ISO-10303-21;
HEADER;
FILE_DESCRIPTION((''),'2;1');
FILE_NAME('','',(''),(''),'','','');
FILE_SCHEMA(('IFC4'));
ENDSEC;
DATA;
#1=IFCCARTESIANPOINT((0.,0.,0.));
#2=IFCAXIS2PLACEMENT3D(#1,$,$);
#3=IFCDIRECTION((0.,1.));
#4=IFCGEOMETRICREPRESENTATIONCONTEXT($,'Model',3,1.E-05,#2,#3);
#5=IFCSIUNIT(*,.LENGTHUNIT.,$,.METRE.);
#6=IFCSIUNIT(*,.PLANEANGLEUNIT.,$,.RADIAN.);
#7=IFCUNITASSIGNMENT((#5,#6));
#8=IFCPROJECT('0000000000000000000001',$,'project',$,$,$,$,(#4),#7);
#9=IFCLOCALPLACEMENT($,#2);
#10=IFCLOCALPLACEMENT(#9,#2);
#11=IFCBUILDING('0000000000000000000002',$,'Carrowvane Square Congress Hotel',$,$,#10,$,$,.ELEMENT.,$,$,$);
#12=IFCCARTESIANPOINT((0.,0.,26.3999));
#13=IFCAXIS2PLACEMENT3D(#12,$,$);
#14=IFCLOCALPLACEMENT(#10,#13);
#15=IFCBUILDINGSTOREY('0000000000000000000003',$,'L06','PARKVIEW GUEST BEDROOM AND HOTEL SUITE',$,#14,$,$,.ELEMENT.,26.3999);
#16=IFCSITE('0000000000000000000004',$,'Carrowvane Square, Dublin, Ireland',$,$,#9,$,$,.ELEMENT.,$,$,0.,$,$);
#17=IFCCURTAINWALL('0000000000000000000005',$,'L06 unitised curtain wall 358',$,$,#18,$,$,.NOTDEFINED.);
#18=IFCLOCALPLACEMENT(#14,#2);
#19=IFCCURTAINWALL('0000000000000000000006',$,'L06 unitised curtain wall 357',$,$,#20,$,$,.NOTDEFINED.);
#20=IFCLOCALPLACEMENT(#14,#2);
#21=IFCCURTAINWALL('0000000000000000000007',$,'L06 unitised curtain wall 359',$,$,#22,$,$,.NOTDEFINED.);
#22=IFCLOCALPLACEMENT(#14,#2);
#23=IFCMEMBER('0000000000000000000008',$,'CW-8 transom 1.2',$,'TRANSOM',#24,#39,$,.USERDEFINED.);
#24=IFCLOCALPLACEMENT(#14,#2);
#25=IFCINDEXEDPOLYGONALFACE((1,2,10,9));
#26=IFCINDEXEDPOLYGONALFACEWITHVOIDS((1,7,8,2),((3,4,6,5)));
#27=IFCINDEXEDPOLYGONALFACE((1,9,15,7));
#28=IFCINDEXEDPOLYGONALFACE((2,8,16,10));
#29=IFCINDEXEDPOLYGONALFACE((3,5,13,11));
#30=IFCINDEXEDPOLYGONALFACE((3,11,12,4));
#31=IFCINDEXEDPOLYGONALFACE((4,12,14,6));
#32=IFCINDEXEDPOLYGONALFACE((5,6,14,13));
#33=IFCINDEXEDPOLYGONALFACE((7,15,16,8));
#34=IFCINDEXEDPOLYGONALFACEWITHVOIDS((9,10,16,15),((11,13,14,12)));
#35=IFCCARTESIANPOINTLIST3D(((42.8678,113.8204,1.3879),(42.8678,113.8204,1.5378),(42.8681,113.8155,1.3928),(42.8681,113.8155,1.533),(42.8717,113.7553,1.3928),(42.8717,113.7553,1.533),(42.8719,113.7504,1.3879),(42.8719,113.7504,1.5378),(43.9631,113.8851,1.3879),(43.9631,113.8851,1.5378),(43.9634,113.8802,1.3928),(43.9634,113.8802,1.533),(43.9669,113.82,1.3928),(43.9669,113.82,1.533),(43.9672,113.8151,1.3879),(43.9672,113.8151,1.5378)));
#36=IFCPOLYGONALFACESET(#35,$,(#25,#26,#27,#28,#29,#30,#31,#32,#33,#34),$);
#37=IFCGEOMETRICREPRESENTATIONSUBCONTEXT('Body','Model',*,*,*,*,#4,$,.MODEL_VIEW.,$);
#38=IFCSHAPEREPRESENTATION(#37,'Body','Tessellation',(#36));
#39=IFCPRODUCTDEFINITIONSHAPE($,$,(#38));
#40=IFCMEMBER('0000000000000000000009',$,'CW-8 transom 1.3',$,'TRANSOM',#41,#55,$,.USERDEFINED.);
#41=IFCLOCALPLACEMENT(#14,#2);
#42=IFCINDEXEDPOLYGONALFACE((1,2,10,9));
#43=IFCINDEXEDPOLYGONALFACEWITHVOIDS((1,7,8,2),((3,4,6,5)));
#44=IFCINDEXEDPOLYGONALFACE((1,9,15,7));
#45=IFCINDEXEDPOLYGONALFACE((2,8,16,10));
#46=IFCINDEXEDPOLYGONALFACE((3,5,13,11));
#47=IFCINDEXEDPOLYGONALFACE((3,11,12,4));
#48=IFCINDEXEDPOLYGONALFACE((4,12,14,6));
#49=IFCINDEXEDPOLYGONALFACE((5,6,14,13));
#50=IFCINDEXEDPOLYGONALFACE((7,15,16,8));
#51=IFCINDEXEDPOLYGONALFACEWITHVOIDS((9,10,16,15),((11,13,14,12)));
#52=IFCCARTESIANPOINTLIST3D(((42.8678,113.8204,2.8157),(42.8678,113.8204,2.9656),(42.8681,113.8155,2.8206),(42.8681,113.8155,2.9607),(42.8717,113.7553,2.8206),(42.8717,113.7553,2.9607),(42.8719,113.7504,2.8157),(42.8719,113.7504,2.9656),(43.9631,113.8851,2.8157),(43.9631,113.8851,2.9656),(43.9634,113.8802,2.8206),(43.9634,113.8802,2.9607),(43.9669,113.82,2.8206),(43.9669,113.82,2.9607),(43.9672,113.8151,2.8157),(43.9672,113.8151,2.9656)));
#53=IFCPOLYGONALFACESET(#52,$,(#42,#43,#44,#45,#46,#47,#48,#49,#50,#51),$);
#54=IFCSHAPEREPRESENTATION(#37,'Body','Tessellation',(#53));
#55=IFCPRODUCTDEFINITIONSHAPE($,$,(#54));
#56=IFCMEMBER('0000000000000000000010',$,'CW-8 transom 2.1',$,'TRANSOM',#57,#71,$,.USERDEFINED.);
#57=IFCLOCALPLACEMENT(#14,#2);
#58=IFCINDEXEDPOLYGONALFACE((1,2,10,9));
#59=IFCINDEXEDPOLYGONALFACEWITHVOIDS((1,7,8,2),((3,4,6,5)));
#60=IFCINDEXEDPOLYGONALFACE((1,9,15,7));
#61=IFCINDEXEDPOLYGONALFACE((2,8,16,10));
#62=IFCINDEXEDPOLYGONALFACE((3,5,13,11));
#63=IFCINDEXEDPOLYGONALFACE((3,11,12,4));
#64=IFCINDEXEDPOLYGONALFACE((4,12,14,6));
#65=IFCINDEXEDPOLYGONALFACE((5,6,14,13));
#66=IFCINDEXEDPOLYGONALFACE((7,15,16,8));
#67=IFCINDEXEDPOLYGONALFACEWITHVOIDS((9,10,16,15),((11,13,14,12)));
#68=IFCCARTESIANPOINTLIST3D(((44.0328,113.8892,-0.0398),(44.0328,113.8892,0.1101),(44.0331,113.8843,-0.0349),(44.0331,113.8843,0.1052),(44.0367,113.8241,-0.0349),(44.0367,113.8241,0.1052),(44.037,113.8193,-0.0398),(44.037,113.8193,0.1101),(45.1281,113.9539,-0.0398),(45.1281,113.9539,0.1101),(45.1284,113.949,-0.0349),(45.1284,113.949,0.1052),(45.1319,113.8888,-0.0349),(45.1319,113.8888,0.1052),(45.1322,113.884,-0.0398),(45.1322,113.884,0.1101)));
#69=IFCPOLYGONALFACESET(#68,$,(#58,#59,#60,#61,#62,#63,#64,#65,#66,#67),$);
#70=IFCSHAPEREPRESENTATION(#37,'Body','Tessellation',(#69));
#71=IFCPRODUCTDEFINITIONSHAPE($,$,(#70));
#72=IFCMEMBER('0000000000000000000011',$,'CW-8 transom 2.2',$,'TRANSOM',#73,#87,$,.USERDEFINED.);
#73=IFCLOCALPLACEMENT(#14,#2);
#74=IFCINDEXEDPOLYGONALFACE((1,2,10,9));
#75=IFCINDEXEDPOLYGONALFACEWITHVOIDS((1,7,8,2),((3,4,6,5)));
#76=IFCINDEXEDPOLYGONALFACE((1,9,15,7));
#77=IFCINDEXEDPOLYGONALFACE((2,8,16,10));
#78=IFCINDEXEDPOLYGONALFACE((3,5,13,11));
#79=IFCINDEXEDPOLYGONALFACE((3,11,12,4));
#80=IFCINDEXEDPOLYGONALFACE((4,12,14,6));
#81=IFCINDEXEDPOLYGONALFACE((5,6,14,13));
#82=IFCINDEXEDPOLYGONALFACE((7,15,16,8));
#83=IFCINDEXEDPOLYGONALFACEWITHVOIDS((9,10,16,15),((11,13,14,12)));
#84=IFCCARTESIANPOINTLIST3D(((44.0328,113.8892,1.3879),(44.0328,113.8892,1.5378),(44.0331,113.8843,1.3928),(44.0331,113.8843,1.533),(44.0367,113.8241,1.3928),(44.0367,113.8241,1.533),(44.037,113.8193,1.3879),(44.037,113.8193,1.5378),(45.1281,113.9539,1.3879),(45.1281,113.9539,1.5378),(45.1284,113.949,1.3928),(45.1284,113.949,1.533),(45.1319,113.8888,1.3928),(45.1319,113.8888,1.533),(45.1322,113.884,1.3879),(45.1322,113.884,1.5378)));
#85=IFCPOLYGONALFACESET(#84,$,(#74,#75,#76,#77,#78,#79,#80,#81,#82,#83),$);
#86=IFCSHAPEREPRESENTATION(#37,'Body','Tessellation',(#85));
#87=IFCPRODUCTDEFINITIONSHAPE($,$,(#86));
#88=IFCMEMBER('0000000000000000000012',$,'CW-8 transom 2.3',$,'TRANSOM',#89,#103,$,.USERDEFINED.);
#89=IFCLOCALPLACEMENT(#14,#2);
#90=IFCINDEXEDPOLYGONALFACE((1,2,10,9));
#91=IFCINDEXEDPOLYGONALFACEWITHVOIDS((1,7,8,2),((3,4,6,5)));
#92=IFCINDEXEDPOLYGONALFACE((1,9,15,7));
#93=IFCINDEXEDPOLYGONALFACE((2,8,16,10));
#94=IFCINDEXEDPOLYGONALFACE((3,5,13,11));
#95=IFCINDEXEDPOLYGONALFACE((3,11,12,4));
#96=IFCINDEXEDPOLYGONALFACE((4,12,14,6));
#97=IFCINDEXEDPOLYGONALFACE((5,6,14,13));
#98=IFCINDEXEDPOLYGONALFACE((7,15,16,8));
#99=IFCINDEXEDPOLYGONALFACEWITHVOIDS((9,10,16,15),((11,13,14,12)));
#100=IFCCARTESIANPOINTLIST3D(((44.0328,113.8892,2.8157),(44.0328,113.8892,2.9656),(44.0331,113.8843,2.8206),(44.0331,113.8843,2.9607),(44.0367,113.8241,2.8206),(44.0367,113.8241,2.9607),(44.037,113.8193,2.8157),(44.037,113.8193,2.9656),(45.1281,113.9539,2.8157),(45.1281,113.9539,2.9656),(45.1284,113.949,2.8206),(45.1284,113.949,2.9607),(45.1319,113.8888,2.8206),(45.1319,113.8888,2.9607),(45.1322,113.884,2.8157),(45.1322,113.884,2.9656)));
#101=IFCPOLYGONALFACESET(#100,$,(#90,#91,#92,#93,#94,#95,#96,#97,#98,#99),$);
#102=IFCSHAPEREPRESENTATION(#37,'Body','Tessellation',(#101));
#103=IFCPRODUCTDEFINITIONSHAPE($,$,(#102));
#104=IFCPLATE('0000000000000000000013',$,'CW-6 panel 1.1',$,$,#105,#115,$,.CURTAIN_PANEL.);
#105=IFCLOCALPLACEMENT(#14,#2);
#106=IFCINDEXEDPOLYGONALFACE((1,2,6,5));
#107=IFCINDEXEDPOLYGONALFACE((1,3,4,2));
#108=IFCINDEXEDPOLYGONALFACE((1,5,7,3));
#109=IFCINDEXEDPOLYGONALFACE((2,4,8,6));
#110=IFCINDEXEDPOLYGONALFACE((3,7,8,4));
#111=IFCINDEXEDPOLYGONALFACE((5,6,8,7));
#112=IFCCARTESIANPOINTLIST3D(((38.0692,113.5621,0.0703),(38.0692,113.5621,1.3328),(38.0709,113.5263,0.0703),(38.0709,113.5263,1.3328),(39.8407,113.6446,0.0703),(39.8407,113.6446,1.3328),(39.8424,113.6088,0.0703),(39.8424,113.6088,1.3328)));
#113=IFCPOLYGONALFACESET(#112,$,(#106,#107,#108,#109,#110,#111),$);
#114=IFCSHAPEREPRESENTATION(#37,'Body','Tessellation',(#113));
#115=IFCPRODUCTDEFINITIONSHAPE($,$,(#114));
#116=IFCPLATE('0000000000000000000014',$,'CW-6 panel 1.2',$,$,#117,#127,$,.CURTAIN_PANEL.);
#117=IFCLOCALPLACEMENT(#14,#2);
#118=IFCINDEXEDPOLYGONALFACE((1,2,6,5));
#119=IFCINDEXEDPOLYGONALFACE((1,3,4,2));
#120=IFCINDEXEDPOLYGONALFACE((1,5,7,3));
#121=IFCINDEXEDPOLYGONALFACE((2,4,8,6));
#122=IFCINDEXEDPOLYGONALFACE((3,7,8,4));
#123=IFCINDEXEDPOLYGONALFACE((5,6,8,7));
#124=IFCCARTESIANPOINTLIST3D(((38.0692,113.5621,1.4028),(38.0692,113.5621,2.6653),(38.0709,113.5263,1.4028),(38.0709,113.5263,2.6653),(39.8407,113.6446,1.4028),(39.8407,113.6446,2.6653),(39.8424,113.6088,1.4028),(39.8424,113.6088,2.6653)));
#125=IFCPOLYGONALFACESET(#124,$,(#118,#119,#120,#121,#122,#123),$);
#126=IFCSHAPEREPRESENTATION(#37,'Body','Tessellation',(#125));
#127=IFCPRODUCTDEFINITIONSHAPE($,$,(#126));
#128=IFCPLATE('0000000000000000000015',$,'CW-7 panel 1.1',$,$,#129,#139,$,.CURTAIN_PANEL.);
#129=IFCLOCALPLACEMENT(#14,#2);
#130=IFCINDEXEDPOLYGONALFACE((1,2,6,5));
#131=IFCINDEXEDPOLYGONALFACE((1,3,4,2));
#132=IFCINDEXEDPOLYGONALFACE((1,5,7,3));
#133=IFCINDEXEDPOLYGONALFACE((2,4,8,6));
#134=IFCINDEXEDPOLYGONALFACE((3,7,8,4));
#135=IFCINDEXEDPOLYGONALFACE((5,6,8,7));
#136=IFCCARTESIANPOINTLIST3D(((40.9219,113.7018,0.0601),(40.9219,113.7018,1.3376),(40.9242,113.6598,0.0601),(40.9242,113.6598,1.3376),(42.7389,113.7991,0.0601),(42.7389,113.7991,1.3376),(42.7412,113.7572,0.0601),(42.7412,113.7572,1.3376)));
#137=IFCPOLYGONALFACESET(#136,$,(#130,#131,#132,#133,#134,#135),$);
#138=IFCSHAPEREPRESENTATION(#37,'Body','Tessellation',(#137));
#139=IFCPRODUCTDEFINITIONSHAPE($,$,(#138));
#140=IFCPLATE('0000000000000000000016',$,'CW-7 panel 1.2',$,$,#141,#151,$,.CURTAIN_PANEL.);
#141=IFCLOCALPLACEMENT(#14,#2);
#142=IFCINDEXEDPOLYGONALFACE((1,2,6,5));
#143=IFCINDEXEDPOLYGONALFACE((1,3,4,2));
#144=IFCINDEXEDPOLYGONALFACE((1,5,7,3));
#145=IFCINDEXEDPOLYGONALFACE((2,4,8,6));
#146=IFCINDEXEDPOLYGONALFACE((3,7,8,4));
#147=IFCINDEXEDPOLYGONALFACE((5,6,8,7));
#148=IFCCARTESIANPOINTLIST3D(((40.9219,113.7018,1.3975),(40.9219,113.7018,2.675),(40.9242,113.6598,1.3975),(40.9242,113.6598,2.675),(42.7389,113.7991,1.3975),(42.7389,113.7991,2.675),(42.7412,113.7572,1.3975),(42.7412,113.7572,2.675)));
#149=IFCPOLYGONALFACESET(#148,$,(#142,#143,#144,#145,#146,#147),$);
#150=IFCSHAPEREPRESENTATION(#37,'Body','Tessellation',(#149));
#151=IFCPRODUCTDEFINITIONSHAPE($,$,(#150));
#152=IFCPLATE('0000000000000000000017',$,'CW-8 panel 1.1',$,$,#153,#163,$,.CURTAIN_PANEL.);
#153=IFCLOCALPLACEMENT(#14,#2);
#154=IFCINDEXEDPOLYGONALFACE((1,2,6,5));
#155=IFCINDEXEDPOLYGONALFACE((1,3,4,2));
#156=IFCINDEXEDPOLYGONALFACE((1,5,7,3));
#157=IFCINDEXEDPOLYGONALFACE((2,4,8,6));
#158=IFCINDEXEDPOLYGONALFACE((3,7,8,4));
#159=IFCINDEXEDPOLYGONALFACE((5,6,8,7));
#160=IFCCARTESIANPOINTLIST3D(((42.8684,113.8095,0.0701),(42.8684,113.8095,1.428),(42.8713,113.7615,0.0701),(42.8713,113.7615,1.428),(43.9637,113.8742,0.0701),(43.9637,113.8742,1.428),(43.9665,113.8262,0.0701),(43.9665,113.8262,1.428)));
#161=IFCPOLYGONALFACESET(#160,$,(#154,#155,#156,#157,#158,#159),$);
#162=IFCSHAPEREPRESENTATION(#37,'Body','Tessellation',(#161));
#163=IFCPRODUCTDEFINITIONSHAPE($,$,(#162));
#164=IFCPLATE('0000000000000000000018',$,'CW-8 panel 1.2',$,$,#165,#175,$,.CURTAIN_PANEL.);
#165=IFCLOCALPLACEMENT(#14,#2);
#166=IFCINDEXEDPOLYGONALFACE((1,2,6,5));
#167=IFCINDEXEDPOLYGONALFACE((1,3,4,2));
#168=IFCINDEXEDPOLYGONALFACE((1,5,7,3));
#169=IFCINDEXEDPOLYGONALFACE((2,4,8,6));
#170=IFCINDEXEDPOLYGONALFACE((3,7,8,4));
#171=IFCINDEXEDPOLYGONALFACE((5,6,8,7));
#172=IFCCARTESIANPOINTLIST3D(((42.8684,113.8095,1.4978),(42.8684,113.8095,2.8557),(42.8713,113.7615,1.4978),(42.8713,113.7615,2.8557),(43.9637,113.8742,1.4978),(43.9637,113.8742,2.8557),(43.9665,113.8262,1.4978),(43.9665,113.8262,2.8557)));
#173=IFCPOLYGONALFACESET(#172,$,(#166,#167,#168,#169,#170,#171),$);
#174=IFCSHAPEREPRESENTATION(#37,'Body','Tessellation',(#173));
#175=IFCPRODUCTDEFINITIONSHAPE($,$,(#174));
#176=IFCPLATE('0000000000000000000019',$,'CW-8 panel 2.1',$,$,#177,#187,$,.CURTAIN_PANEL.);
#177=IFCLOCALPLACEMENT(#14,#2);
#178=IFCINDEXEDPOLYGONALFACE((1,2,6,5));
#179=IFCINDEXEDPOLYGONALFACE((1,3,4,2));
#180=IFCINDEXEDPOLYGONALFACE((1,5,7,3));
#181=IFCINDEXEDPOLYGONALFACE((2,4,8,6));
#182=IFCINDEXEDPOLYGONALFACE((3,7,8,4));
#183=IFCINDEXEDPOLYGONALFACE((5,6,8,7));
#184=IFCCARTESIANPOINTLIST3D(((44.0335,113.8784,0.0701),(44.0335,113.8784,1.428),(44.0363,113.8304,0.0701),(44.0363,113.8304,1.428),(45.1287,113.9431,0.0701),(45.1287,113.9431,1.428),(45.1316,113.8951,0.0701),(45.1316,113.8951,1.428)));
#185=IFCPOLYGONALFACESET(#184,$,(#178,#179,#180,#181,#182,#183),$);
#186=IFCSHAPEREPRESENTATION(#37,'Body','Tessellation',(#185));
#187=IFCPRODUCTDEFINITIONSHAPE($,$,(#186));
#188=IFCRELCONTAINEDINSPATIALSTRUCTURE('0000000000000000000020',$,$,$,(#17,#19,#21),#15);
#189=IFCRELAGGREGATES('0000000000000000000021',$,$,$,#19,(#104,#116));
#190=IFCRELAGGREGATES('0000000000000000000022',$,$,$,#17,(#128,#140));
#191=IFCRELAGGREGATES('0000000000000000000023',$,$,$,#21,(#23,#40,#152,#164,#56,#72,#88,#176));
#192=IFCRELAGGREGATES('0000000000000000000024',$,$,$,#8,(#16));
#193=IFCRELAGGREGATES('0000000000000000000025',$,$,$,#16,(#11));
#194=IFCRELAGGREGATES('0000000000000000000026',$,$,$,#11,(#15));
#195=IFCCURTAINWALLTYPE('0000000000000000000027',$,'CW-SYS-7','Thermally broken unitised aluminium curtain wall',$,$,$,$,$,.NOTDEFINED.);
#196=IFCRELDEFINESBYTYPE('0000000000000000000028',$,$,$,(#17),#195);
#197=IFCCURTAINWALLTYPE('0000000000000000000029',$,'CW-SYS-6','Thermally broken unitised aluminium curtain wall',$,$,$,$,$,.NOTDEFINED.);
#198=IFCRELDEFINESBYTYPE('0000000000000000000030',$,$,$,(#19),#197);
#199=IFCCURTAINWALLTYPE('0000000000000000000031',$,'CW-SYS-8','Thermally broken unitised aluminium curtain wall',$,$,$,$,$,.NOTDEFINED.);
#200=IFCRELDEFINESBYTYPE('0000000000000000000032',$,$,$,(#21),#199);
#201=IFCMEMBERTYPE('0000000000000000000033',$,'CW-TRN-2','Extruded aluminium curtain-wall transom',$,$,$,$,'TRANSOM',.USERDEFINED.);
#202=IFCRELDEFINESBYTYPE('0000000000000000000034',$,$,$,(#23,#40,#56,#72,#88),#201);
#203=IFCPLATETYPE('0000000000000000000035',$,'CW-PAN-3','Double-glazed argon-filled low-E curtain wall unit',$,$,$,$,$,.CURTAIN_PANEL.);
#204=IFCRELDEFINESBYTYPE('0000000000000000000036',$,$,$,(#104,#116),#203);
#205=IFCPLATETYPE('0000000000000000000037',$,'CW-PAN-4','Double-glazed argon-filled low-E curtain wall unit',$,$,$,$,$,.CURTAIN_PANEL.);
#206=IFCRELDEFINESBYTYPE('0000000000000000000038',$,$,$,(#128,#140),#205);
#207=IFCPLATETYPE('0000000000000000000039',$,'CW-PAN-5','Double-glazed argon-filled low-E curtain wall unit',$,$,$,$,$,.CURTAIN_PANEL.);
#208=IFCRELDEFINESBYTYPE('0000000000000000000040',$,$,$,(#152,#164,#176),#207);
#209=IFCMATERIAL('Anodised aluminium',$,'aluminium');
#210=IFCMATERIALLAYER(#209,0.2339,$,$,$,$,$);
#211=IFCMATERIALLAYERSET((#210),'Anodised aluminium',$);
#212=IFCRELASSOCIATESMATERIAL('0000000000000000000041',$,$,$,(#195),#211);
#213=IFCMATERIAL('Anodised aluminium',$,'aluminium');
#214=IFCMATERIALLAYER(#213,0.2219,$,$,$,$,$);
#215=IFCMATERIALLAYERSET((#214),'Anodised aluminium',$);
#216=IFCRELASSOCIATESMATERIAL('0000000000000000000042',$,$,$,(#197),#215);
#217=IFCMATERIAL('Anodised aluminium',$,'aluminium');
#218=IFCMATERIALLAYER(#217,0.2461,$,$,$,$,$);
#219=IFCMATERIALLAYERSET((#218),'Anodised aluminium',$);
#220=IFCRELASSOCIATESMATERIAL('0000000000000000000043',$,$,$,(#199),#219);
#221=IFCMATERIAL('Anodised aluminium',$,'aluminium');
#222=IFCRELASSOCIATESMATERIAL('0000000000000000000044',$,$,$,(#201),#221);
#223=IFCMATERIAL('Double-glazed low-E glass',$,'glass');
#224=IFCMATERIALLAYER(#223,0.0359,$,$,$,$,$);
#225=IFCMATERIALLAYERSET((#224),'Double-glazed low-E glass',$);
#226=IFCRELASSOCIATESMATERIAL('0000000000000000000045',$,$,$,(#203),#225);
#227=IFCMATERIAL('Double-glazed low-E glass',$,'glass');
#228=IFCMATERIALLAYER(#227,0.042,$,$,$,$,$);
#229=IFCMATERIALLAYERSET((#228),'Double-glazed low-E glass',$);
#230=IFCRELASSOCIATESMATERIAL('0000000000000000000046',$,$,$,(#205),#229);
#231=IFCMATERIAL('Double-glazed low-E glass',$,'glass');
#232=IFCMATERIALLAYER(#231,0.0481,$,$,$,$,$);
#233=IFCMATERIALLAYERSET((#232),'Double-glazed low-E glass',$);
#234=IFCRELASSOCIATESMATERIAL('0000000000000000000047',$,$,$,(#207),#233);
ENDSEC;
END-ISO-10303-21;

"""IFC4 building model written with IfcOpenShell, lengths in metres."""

from ifc_helpers import new_model, si_unit, direction, frame, origin, origin_2d, place, context, subcontext, project, spatial, rectangle, hollow_rectangle, extrude, material, layer, layer_set, material_profile, profile_set, type_object, element, aggregate, save


model = new_model("IFC4")

# Units and contexts
model_context = context("Model", 3, precision=1e-05, world=origin(), true_north=direction((0.0, 1.0)))
body_context = subcontext(model_context, "Body", "Model", "MODEL_VIEW")
ifc_project = project(units=[si_unit("LENGTHUNIT", "METRE"), si_unit("PLANEANGLEUNIT", "RADIAN")], contexts=[model_context])

# Site, building, storey
site_placement = place(None, origin())
site = spatial("IfcSite", under=ifc_project, at=site_placement, Name="Carrowvane Square, Dublin, Ireland", CompositionType="ELEMENT", RefElevation=0.0)
building_placement = place(site_placement, origin())
building = spatial("IfcBuilding", under=site, at=building_placement, Name="Carrowvane Square Congress Hotel", CompositionType="ELEMENT")
storey_placement = place(building_placement, frame((0.0, 0.0, 26.3999)))
storey = spatial("IfcBuildingStorey", under=building, at=storey_placement, Name="L06", Description="PARKVIEW GUEST BEDROOM AND HOTEL SUITE", CompositionType="ELEMENT", Elevation=26.3999)

# Curtain wall
ifc_material_1 = material(Name="Anodised aluminium", Category="aluminium")
ifc_layer_1 = layer(ifc_material_1, 0.2339)
ifc_layer_set_1 = layer_set([ifc_layer_1], Name="Anodised aluminium")
curtain_wall_type_1 = type_object("IfcCurtainWallType", Name="CW-SYS-7", Description="Thermally broken unitised aluminium curtain wall", PredefinedType="NOTDEFINED", material=ifc_layer_set_1)
curtain_wall_1_placement = place(storey_placement, origin())
curtain_wall_1 = element("IfcCurtainWall", 1, at=curtain_wall_1_placement, inside=storey, type_object=curtain_wall_type_1, Name="L06 unitised curtain wall 358", PredefinedType="NOTDEFINED")

# Curtain walls
ifc_material_2 = material(Name="Anodised aluminium", Category="aluminium")
ifc_layer_2 = layer(ifc_material_2, 0.2219)
ifc_layer_set_2 = layer_set([ifc_layer_2], Name="Anodised aluminium")
curtain_wall_type_2 = type_object("IfcCurtainWallType", Name="CW-SYS-6", Description="Thermally broken unitised aluminium curtain wall", PredefinedType="NOTDEFINED", material=ifc_layer_set_2)
curtain_wall_2_placement = place(storey_placement, origin())
curtain_wall_2 = element("IfcCurtainWall", 2, at=curtain_wall_2_placement, inside=storey, type_object=curtain_wall_type_2, Name="L06 unitised curtain wall 357", PredefinedType="NOTDEFINED")
ifc_material_3 = material(Name="Anodised aluminium", Category="aluminium")
ifc_layer_3 = layer(ifc_material_3, 0.2461)
ifc_layer_set_3 = layer_set([ifc_layer_3], Name="Anodised aluminium")
curtain_wall_type_3 = type_object("IfcCurtainWallType", Name="CW-SYS-8", Description="Thermally broken unitised aluminium curtain wall", PredefinedType="NOTDEFINED", material=ifc_layer_set_3)
curtain_wall_3_placement = place(storey_placement, origin())
curtain_wall_3 = element("IfcCurtainWall", 3, at=curtain_wall_3_placement, inside=storey, type_object=curtain_wall_type_3, Name="L06 unitised curtain wall 359", PredefinedType="NOTDEFINED")

# Members
ifc_material_4 = material(Name="Anodised aluminium", Category="aluminium")
ifc_material_profile_1 = material_profile(ifc_material_4, hollow_rectangle(XDim=0.0701, YDim=0.1499, WallThickness=0.0049, at=origin_2d()), Name="CW-TR 70x150x5")
ifc_profile_set_1 = profile_set([ifc_material_profile_1], Name="Anodised aluminium")
member_type_1 = type_object("IfcMemberType", Name="CW-TRN-2", Description="Extruded aluminium curtain-wall transom", ElementType="TRANSOM", PredefinedType="USERDEFINED", material=ifc_profile_set_1)
member_1_placement = place(storey_placement, frame((42.8699, 113.7854, 1.4629), z_axis=(0.99826, 0.05897, 0.0), x_axis=(-0.05897, 0.99826, 0.0)))
member_1 = element("IfcMember", 4, at=member_1_placement, type_object=member_type_1, Name="CW-8 transom 1.2", ObjectType="TRANSOM", PredefinedType="USERDEFINED", context=body_context, shape_type="SweptSolid", body=[
    extrude(hollow_rectangle(XDim=0.0701, YDim=0.1499, WallThickness=0.0049, at=origin_2d()), origin(), (0.0, 0.0, 1.0), 1.0972),
])
member_2_placement = place(storey_placement, frame((42.8699, 113.7854, 2.8906), z_axis=(0.99826, 0.05897, 0.0), x_axis=(-0.05897, 0.99826, 0.0)))
member_2 = element("IfcMember", 5, at=member_2_placement, type_object=member_type_1, Name="CW-8 transom 1.3", ObjectType="TRANSOM", PredefinedType="USERDEFINED", context=body_context, shape_type="SweptSolid", body=[
    extrude(hollow_rectangle(XDim=0.0701, YDim=0.1499, WallThickness=0.0049, at=origin_2d()), origin(), (0.0, 0.0, 1.0), 1.0972),
])
member_3_placement = place(storey_placement, frame((44.0349, 113.8542, 0.0352), z_axis=(0.99826, 0.05897, 0.0), x_axis=(-0.05897, 0.99826, 0.0)))
member_3 = element("IfcMember", 6, at=member_3_placement, type_object=member_type_1, Name="CW-8 transom 2.1", ObjectType="TRANSOM", PredefinedType="USERDEFINED", context=body_context, shape_type="SweptSolid", body=[
    extrude(hollow_rectangle(XDim=0.0701, YDim=0.1499, WallThickness=0.0049, at=origin_2d()), origin(), (0.0, 0.0, 1.0), 1.0972),
])
member_4_placement = place(storey_placement, frame((44.0349, 113.8542, 1.4629), z_axis=(0.99826, 0.05897, 0.0), x_axis=(-0.05897, 0.99826, 0.0)))
member_4 = element("IfcMember", 7, at=member_4_placement, type_object=member_type_1, Name="CW-8 transom 2.2", ObjectType="TRANSOM", PredefinedType="USERDEFINED", context=body_context, shape_type="SweptSolid", body=[
    extrude(hollow_rectangle(XDim=0.0701, YDim=0.1499, WallThickness=0.0049, at=origin_2d()), origin(), (0.0, 0.0, 1.0), 1.0972),
])
member_5_placement = place(storey_placement, frame((44.0349, 113.8542, 2.8906), z_axis=(0.99826, 0.05897, 0.0), x_axis=(-0.05897, 0.99826, 0.0)))
member_5 = element("IfcMember", 8, at=member_5_placement, type_object=member_type_1, Name="CW-8 transom 2.3", ObjectType="TRANSOM", PredefinedType="USERDEFINED", context=body_context, shape_type="SweptSolid", body=[
    extrude(hollow_rectangle(XDim=0.0701, YDim=0.1499, WallThickness=0.0049, at=origin_2d()), origin(), (0.0, 0.0, 1.0), 1.0972),
])

# Plates
ifc_material_5 = material(Name="Double-glazed low-E glass", Category="glass")
ifc_layer_4 = layer(ifc_material_5, 0.0359)
ifc_layer_set_4 = layer_set([ifc_layer_4], Name="Double-glazed low-E glass")
plate_type_1 = type_object("IfcPlateType", Name="CW-PAN-3", Description="Double-glazed argon-filled low-E curtain wall unit", PredefinedType="CURTAIN_PANEL", material=ifc_layer_set_4)
plate_1_placement = place(storey_placement, frame((38.9558, 113.5854, 0.0703), z_axis=(0.0, 0.0, 1.0), x_axis=(0.998917, 0.046522, 0.0)))
plate_1 = element("IfcPlate", 9, at=plate_1_placement, type_object=plate_type_1, Name="CW-6 panel 1.1", PredefinedType="CURTAIN_PANEL", context=body_context, shape_type="SweptSolid", body=[
    extrude(rectangle(XDim=1.7734, YDim=0.0359, at=origin_2d()), origin(), (0.0, 0.0, 1.0), 1.2625),
])
plate_2_placement = place(storey_placement, frame((38.9558, 113.5854, 1.4028), z_axis=(0.0, 0.0, 1.0), x_axis=(0.998917, 0.046522, 0.0)))
plate_2 = element("IfcPlate", 10, at=plate_2_placement, type_object=plate_type_1, Name="CW-6 panel 1.2", PredefinedType="CURTAIN_PANEL", context=body_context, shape_type="SweptSolid", body=[
    extrude(rectangle(XDim=1.7734, YDim=0.0359, at=origin_2d()), origin(), (0.0, 0.0, 1.0), 1.2625),
])
aggregate(curtain_wall_2, [plate_1, plate_2])
ifc_material_6 = material(Name="Double-glazed low-E glass", Category="glass")
ifc_layer_5 = layer(ifc_material_6, 0.042)
ifc_layer_set_5 = layer_set([ifc_layer_5], Name="Double-glazed low-E glass")
plate_type_2 = type_object("IfcPlateType", Name="CW-PAN-4", Description="Double-glazed argon-filled low-E curtain wall unit", PredefinedType="CURTAIN_PANEL", material=ifc_layer_set_5)
plate_3_placement = place(storey_placement, frame((41.8315, 113.7295, 0.0601), z_axis=(0.0, 0.0, 1.0), x_axis=(0.998567, 0.053514, 0.0)))
plate_3 = element("IfcPlate", 11, at=plate_3_placement, type_object=plate_type_2, Name="CW-7 panel 1.1", PredefinedType="CURTAIN_PANEL", context=body_context, shape_type="SweptSolid", body=[
    extrude(rectangle(XDim=1.8196, YDim=0.042, at=origin_2d()), origin(), (0.0, 0.0, 1.0), 1.2776),
])
plate_4_placement = place(storey_placement, frame((41.8315, 113.7295, 1.3975), z_axis=(0.0, 0.0, 1.0), x_axis=(0.998567, 0.053514, 0.0)))
plate_4 = element("IfcPlate", 12, at=plate_4_placement, type_object=plate_type_2, Name="CW-7 panel 1.2", PredefinedType="CURTAIN_PANEL", context=body_context, shape_type="SweptSolid", body=[
    extrude(rectangle(XDim=1.8196, YDim=0.042, at=origin_2d()), origin(), (0.0, 0.0, 1.0), 1.2776),
])
aggregate(curtain_wall_1, [plate_3, plate_4])
ifc_material_7 = material(Name="Double-glazed low-E glass", Category="glass")
ifc_layer_6 = layer(ifc_material_7, 0.0481)
ifc_layer_set_6 = layer_set([ifc_layer_6], Name="Double-glazed low-E glass")
plate_type_3 = type_object("IfcPlateType", Name="CW-PAN-5", Description="Double-glazed argon-filled low-E curtain wall unit", PredefinedType="CURTAIN_PANEL", material=ifc_layer_set_6)
plate_5_placement = place(storey_placement, frame((43.4175, 113.8179, 0.0701), z_axis=(0.0, 0.0, 1.0), x_axis=(0.998259, 0.058989, 0.0)))
plate_5 = element("IfcPlate", 13, at=plate_5_placement, type_object=plate_type_3, Name="CW-8 panel 1.1", PredefinedType="CURTAIN_PANEL", context=body_context, shape_type="SweptSolid", body=[
    extrude(rectangle(XDim=1.0972, YDim=0.0481, at=origin_2d()), origin(), (0.0, 0.0, 1.0), 1.3579),
])
plate_6_placement = place(storey_placement, frame((43.4175, 113.8179, 1.4978), z_axis=(0.0, 0.0, 1.0), x_axis=(0.998259, 0.058989, 0.0)))
plate_6 = element("IfcPlate", 14, at=plate_6_placement, type_object=plate_type_3, Name="CW-8 panel 1.2", PredefinedType="CURTAIN_PANEL", context=body_context, shape_type="SweptSolid", body=[
    extrude(rectangle(XDim=1.0972, YDim=0.0481, at=origin_2d()), origin(), (0.0, 0.0, 1.0), 1.3579),
])
plate_7_placement = place(storey_placement, frame((44.5825, 113.8867, 0.0701), z_axis=(0.0, 0.0, 1.0), x_axis=(0.998259, 0.058989, 0.0)))
plate_7 = element("IfcPlate", 15, at=plate_7_placement, type_object=plate_type_3, Name="CW-8 panel 2.1", PredefinedType="CURTAIN_PANEL", context=body_context, shape_type="SweptSolid", body=[
    extrude(rectangle(XDim=1.0972, YDim=0.0481, at=origin_2d()), origin(), (0.0, 0.0, 1.0), 1.3579),
])
aggregate(curtain_wall_3, [member_1, member_2, plate_5, plate_6, member_3, member_4, member_5, plate_7])

save(model, "model.ifc")
